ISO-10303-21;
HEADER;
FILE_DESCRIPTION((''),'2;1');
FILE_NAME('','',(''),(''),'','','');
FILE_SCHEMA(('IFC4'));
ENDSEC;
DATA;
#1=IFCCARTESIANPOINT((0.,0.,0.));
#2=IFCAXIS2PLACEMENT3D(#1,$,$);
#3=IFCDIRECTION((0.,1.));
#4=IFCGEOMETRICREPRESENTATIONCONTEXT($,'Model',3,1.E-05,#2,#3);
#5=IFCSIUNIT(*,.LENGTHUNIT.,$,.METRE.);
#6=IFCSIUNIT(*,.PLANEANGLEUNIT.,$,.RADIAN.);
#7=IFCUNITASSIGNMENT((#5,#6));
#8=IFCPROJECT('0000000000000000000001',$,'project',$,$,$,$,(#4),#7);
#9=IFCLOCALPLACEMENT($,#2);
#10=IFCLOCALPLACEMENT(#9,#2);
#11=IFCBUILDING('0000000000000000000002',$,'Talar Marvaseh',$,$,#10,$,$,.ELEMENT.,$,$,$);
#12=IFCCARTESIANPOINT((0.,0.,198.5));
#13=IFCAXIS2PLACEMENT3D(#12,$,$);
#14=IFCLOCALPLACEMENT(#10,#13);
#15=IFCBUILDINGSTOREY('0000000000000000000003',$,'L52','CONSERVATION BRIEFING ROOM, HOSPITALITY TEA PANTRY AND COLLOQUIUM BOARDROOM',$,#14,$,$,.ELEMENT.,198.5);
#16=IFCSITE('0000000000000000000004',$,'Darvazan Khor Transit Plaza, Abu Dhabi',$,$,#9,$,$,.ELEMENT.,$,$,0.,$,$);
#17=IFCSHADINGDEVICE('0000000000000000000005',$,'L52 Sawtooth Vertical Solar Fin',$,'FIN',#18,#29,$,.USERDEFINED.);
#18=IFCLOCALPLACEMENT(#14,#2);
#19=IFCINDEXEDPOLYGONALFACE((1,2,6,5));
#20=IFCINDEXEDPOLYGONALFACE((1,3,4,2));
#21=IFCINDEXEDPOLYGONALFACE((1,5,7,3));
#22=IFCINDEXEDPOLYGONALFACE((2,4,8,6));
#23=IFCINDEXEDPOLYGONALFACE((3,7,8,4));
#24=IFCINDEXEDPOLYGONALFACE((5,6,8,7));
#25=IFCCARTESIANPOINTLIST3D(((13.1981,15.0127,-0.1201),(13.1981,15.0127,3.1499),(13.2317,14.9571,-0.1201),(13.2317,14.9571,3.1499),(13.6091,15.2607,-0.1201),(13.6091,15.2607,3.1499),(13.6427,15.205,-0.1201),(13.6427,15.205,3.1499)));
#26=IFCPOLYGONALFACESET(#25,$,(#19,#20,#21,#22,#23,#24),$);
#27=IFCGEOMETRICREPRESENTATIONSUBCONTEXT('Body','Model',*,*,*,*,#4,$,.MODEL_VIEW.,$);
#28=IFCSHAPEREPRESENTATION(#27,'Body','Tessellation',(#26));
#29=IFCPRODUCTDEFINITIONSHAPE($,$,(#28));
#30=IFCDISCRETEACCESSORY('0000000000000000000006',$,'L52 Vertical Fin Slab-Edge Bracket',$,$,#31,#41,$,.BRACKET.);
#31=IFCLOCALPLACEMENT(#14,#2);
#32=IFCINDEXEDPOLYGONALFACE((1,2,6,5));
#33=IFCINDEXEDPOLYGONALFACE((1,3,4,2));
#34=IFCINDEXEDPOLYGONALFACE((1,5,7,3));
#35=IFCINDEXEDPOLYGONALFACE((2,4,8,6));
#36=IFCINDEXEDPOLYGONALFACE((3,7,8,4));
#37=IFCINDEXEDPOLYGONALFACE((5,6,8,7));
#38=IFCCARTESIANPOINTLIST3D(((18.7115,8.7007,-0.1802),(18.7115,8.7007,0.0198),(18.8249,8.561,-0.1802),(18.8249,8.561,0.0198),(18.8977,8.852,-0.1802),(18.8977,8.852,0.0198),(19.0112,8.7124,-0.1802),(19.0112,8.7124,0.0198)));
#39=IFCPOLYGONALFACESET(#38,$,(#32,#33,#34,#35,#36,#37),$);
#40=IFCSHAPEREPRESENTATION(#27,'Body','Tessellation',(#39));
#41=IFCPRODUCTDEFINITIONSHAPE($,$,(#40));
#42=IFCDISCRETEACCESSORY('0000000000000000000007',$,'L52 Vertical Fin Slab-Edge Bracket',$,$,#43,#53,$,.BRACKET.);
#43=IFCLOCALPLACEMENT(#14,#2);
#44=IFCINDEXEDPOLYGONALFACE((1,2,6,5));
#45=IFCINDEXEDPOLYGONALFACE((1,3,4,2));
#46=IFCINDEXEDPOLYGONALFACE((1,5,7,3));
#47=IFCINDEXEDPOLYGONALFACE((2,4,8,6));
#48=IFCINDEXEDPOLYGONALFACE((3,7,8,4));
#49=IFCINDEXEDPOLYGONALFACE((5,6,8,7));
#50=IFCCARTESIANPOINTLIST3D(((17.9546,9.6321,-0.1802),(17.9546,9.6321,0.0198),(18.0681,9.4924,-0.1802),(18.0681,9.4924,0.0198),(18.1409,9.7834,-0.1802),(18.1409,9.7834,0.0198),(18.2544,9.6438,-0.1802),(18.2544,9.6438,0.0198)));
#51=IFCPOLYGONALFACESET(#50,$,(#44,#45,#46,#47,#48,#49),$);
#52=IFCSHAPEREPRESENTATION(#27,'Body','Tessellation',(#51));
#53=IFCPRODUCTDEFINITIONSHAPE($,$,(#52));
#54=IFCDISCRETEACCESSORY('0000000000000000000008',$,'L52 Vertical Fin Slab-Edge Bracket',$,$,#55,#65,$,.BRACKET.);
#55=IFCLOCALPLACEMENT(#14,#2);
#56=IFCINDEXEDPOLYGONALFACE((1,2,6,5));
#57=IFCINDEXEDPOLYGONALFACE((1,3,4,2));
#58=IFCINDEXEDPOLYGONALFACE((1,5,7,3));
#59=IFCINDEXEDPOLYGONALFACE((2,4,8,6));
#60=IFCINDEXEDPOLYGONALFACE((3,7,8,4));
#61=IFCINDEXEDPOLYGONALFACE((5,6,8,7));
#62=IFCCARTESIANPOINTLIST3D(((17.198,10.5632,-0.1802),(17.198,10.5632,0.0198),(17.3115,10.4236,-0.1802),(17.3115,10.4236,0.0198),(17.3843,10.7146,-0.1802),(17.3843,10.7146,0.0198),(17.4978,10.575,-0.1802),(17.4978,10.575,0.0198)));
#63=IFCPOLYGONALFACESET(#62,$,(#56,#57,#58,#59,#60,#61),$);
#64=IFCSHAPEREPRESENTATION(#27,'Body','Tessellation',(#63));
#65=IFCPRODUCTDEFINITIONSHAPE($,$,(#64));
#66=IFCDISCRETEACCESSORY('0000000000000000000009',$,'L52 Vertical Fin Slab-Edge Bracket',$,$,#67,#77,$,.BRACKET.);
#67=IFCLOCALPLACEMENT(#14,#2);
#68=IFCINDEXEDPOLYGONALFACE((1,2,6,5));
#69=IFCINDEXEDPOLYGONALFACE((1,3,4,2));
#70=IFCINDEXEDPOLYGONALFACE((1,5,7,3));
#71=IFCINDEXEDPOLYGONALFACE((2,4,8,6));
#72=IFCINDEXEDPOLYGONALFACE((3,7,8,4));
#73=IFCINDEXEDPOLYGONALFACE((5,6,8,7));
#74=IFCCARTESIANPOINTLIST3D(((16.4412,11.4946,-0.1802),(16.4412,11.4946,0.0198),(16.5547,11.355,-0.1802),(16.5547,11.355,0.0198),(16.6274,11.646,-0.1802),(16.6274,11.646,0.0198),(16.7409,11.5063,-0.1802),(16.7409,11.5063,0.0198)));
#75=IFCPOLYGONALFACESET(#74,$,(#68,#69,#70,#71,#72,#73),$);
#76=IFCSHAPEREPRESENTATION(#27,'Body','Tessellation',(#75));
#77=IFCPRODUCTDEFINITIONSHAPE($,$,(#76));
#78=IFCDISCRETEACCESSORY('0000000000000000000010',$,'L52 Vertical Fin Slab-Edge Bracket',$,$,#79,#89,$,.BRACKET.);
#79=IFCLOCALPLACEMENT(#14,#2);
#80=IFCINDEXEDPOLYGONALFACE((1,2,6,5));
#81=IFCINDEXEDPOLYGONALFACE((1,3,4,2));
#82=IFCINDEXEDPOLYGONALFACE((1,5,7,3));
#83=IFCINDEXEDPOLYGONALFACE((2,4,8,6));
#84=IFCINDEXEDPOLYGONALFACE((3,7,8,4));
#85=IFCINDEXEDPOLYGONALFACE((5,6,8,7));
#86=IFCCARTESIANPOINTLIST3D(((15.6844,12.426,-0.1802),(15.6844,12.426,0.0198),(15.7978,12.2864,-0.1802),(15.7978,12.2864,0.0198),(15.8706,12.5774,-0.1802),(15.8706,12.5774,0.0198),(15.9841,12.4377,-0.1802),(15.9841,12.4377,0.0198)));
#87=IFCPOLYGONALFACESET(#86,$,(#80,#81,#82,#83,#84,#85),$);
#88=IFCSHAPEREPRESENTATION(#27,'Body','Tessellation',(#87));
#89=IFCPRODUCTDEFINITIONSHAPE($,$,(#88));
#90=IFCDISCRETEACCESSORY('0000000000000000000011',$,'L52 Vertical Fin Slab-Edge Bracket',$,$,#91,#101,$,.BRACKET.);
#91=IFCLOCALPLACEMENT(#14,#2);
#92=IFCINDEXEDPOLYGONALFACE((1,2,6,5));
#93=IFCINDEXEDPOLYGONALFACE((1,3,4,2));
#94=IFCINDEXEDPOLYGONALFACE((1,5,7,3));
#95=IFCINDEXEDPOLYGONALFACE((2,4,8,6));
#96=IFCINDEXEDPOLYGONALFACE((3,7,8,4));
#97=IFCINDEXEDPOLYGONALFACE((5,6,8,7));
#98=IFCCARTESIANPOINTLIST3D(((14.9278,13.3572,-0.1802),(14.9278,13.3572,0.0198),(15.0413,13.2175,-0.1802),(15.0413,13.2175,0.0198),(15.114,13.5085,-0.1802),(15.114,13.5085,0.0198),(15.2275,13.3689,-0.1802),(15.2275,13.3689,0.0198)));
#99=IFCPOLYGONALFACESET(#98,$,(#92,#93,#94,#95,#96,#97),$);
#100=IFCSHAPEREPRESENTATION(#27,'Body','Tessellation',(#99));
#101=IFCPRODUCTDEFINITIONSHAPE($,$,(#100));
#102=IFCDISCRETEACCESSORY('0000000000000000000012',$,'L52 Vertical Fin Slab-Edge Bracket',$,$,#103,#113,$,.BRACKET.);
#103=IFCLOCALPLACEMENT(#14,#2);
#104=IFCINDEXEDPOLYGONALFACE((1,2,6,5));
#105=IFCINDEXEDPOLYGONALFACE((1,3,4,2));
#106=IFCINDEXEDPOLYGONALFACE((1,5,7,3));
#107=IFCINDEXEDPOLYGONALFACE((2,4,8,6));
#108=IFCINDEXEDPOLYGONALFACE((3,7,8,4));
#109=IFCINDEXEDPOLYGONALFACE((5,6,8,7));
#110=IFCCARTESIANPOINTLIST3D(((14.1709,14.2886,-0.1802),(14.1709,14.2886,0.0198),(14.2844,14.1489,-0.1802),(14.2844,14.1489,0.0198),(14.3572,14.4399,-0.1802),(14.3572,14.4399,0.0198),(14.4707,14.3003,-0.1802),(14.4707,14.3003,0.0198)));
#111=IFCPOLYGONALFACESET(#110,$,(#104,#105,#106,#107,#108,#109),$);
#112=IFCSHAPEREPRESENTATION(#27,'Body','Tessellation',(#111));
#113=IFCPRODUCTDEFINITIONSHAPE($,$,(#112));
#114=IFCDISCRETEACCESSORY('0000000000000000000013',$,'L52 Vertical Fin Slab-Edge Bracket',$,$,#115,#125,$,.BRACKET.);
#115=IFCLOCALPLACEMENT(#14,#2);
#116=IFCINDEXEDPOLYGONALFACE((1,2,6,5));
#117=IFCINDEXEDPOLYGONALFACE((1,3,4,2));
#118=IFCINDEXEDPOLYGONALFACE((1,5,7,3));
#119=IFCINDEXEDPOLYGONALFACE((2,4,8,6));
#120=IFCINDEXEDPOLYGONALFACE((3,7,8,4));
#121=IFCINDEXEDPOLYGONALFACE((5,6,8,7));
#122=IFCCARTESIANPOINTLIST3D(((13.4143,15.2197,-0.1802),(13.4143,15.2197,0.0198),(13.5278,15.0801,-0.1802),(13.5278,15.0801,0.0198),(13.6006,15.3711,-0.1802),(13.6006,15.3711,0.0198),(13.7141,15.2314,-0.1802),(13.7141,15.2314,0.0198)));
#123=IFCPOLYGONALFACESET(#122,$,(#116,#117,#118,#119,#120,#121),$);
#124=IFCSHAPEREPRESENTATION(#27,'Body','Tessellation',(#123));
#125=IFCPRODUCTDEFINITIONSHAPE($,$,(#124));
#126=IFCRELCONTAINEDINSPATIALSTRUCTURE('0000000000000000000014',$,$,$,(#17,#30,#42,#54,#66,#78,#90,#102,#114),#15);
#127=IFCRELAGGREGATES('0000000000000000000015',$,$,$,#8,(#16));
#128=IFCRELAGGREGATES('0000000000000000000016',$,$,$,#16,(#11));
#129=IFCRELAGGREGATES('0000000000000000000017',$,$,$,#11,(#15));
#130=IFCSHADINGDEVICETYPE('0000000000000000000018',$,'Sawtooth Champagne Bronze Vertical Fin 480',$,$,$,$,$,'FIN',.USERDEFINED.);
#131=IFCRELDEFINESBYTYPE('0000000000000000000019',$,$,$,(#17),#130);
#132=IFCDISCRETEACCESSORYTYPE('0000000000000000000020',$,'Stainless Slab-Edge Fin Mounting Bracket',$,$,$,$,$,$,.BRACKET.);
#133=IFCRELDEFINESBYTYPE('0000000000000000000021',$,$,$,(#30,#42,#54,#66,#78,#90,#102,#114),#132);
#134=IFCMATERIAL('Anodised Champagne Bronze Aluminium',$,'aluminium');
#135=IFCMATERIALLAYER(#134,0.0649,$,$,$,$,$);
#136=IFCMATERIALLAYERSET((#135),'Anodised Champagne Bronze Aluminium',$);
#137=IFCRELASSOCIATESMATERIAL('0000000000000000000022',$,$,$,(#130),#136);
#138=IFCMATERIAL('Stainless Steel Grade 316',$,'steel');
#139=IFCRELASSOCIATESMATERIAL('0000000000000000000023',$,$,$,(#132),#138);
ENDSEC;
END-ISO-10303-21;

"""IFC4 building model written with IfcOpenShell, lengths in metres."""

from ifc_helpers import new_model, si_unit, direction, frame, origin, origin_2d, place, context, subcontext, project, spatial, rectangle, extrude, source, transform, mapped, material, layer, layer_set, type_object, type_shapes, element, save


model = new_model("IFC4")

# Units and contexts
model_context = context("Model", 3, precision=1e-05, world=origin(), true_north=direction((0.0, 1.0)))
body_context = subcontext(model_context, "Body", "Model", "MODEL_VIEW")
ifc_project = project(units=[si_unit("LENGTHUNIT", "METRE"), si_unit("PLANEANGLEUNIT", "RADIAN")], contexts=[model_context])

# Site, building, storey
site_placement = place(None, origin())
site = spatial("IfcSite", under=ifc_project, at=site_placement, Name="Darvazan Khor Transit Plaza, Abu Dhabi", CompositionType="ELEMENT", RefElevation=0.0)
building_placement = place(site_placement, origin())
building = spatial("IfcBuilding", under=site, at=building_placement, Name="Talar Marvaseh", CompositionType="ELEMENT")
storey_placement = place(building_placement, frame((0.0, 0.0, 198.5)))
storey = spatial("IfcBuildingStorey", under=building, at=storey_placement, Name="L52", Description="CONSERVATION BRIEFING ROOM, HOSPITALITY TEA PANTRY AND COLLOQUIUM BOARDROOM", CompositionType="ELEMENT", Elevation=198.5)

# Shading device
ifc_material_1 = material(Name="Anodised Champagne Bronze Aluminium", Category="aluminium")
ifc_layer_1 = layer(ifc_material_1, 0.0649)
ifc_layer_set_1 = layer_set([ifc_layer_1], Name="Anodised Champagne Bronze Aluminium")
shading_device_type_1 = type_object("IfcShadingDeviceType", Name="Sawtooth Champagne Bronze Vertical Fin 480", ElementType="FIN", PredefinedType="USERDEFINED", material=ifc_layer_set_1)
shared_shape_1 = source(origin(), body_context, "Body", "SweptSolid", [
    extrude(rectangle(XDim=0.48, YDim=0.0649, at=origin_2d()), origin(), (0.0, 0.0, 1.0), 3.27),
])
type_shapes(shading_device_type_1, [shared_shape_1])
for number, where, z_axis, x_axis, name in (
    (1, (13.4204, 15.1089, -0.1201), (0.0, 0.0, 1.0), (-0.856267, -0.516533, 0.0), "L52 Sawtooth Vertical Solar Fin"),
):
    element("IfcShadingDevice", number, at=place(storey_placement, frame(where, z_axis=z_axis, x_axis=x_axis)), inside=storey, type_object=shading_device_type_1, Name=name, ObjectType="FIN", PredefinedType="USERDEFINED", context=body_context, shape_type="MappedRepresentation", body=[
        mapped(shared_shape_1, transform((0.0, 0.0, 0.0), x_axis=(1.0, 0.0, 0.0), y_axis=(0.0, 1.0, 0.0), z_axis=(0.0, 0.0, 1.0), scale=1.0)),
    ])

# Discrete accessories
ifc_material_2 = material(Name="Stainless Steel Grade 316", Category="steel")
discrete_accessory_type = type_object("IfcDiscreteAccessoryType", Name="Stainless Slab-Edge Fin Mounting Bracket", PredefinedType="BRACKET", material=ifc_material_2)
shared_shape_2 = source(origin(), body_context, "Body", "SweptSolid", [
    extrude(rectangle(XDim=0.24, YDim=0.1799, at=origin_2d()), origin(), (0.0, 0.0, 1.0), 0.2),
])
type_shapes(discrete_accessory_type, [shared_shape_2])
for number, where, z_axis, x_axis, name in (
    (2, (18.8613, 8.7065, -0.1802), (0.0, 0.0, 1.0), (-0.776046, -0.630676, 0.0), "L52 Vertical Fin Slab-Edge Bracket"),
    (3, (18.1045, 9.6379, -0.1802), (0.0, 0.0, 1.0), (-0.776046, -0.630676, 0.0), "L52 Vertical Fin Slab-Edge Bracket"),
    (4, (17.3479, 10.5691, -0.1802), (0.0, 0.0, 1.0), (-0.776046, -0.630676, 0.0), "L52 Vertical Fin Slab-Edge Bracket"),
    (5, (16.5911, 11.5005, -0.1802), (0.0, 0.0, 1.0), (-0.776046, -0.630676, 0.0), "L52 Vertical Fin Slab-Edge Bracket"),
    (6, (15.8342, 12.4319, -0.1802), (0.0, 0.0, 1.0), (-0.776046, -0.630676, 0.0), "L52 Vertical Fin Slab-Edge Bracket"),
    (7, (15.0776, 13.363, -0.1802), (0.0, 0.0, 1.0), (-0.776046, -0.630676, 0.0), "L52 Vertical Fin Slab-Edge Bracket"),
    (8, (14.3208, 14.2944, -0.1802), (0.0, 0.0, 1.0), (-0.776046, -0.630676, 0.0), "L52 Vertical Fin Slab-Edge Bracket"),
    (9, (13.5642, 15.2256, -0.1802), (0.0, 0.0, 1.0), (-0.776046, -0.630676, 0.0), "L52 Vertical Fin Slab-Edge Bracket"),
):
    element("IfcDiscreteAccessory", number, at=place(storey_placement, frame(where, z_axis=z_axis, x_axis=x_axis)), inside=storey, type_object=discrete_accessory_type, Name=name, PredefinedType="BRACKET", context=body_context, shape_type="MappedRepresentation", body=[
        mapped(shared_shape_2, transform((0.0, 0.0, 0.0), x_axis=(1.0, 0.0, 0.0), y_axis=(0.0, 1.0, 0.0), z_axis=(0.0, 0.0, 1.0), scale=1.0)),
    ])

save(model, "model.ifc")
